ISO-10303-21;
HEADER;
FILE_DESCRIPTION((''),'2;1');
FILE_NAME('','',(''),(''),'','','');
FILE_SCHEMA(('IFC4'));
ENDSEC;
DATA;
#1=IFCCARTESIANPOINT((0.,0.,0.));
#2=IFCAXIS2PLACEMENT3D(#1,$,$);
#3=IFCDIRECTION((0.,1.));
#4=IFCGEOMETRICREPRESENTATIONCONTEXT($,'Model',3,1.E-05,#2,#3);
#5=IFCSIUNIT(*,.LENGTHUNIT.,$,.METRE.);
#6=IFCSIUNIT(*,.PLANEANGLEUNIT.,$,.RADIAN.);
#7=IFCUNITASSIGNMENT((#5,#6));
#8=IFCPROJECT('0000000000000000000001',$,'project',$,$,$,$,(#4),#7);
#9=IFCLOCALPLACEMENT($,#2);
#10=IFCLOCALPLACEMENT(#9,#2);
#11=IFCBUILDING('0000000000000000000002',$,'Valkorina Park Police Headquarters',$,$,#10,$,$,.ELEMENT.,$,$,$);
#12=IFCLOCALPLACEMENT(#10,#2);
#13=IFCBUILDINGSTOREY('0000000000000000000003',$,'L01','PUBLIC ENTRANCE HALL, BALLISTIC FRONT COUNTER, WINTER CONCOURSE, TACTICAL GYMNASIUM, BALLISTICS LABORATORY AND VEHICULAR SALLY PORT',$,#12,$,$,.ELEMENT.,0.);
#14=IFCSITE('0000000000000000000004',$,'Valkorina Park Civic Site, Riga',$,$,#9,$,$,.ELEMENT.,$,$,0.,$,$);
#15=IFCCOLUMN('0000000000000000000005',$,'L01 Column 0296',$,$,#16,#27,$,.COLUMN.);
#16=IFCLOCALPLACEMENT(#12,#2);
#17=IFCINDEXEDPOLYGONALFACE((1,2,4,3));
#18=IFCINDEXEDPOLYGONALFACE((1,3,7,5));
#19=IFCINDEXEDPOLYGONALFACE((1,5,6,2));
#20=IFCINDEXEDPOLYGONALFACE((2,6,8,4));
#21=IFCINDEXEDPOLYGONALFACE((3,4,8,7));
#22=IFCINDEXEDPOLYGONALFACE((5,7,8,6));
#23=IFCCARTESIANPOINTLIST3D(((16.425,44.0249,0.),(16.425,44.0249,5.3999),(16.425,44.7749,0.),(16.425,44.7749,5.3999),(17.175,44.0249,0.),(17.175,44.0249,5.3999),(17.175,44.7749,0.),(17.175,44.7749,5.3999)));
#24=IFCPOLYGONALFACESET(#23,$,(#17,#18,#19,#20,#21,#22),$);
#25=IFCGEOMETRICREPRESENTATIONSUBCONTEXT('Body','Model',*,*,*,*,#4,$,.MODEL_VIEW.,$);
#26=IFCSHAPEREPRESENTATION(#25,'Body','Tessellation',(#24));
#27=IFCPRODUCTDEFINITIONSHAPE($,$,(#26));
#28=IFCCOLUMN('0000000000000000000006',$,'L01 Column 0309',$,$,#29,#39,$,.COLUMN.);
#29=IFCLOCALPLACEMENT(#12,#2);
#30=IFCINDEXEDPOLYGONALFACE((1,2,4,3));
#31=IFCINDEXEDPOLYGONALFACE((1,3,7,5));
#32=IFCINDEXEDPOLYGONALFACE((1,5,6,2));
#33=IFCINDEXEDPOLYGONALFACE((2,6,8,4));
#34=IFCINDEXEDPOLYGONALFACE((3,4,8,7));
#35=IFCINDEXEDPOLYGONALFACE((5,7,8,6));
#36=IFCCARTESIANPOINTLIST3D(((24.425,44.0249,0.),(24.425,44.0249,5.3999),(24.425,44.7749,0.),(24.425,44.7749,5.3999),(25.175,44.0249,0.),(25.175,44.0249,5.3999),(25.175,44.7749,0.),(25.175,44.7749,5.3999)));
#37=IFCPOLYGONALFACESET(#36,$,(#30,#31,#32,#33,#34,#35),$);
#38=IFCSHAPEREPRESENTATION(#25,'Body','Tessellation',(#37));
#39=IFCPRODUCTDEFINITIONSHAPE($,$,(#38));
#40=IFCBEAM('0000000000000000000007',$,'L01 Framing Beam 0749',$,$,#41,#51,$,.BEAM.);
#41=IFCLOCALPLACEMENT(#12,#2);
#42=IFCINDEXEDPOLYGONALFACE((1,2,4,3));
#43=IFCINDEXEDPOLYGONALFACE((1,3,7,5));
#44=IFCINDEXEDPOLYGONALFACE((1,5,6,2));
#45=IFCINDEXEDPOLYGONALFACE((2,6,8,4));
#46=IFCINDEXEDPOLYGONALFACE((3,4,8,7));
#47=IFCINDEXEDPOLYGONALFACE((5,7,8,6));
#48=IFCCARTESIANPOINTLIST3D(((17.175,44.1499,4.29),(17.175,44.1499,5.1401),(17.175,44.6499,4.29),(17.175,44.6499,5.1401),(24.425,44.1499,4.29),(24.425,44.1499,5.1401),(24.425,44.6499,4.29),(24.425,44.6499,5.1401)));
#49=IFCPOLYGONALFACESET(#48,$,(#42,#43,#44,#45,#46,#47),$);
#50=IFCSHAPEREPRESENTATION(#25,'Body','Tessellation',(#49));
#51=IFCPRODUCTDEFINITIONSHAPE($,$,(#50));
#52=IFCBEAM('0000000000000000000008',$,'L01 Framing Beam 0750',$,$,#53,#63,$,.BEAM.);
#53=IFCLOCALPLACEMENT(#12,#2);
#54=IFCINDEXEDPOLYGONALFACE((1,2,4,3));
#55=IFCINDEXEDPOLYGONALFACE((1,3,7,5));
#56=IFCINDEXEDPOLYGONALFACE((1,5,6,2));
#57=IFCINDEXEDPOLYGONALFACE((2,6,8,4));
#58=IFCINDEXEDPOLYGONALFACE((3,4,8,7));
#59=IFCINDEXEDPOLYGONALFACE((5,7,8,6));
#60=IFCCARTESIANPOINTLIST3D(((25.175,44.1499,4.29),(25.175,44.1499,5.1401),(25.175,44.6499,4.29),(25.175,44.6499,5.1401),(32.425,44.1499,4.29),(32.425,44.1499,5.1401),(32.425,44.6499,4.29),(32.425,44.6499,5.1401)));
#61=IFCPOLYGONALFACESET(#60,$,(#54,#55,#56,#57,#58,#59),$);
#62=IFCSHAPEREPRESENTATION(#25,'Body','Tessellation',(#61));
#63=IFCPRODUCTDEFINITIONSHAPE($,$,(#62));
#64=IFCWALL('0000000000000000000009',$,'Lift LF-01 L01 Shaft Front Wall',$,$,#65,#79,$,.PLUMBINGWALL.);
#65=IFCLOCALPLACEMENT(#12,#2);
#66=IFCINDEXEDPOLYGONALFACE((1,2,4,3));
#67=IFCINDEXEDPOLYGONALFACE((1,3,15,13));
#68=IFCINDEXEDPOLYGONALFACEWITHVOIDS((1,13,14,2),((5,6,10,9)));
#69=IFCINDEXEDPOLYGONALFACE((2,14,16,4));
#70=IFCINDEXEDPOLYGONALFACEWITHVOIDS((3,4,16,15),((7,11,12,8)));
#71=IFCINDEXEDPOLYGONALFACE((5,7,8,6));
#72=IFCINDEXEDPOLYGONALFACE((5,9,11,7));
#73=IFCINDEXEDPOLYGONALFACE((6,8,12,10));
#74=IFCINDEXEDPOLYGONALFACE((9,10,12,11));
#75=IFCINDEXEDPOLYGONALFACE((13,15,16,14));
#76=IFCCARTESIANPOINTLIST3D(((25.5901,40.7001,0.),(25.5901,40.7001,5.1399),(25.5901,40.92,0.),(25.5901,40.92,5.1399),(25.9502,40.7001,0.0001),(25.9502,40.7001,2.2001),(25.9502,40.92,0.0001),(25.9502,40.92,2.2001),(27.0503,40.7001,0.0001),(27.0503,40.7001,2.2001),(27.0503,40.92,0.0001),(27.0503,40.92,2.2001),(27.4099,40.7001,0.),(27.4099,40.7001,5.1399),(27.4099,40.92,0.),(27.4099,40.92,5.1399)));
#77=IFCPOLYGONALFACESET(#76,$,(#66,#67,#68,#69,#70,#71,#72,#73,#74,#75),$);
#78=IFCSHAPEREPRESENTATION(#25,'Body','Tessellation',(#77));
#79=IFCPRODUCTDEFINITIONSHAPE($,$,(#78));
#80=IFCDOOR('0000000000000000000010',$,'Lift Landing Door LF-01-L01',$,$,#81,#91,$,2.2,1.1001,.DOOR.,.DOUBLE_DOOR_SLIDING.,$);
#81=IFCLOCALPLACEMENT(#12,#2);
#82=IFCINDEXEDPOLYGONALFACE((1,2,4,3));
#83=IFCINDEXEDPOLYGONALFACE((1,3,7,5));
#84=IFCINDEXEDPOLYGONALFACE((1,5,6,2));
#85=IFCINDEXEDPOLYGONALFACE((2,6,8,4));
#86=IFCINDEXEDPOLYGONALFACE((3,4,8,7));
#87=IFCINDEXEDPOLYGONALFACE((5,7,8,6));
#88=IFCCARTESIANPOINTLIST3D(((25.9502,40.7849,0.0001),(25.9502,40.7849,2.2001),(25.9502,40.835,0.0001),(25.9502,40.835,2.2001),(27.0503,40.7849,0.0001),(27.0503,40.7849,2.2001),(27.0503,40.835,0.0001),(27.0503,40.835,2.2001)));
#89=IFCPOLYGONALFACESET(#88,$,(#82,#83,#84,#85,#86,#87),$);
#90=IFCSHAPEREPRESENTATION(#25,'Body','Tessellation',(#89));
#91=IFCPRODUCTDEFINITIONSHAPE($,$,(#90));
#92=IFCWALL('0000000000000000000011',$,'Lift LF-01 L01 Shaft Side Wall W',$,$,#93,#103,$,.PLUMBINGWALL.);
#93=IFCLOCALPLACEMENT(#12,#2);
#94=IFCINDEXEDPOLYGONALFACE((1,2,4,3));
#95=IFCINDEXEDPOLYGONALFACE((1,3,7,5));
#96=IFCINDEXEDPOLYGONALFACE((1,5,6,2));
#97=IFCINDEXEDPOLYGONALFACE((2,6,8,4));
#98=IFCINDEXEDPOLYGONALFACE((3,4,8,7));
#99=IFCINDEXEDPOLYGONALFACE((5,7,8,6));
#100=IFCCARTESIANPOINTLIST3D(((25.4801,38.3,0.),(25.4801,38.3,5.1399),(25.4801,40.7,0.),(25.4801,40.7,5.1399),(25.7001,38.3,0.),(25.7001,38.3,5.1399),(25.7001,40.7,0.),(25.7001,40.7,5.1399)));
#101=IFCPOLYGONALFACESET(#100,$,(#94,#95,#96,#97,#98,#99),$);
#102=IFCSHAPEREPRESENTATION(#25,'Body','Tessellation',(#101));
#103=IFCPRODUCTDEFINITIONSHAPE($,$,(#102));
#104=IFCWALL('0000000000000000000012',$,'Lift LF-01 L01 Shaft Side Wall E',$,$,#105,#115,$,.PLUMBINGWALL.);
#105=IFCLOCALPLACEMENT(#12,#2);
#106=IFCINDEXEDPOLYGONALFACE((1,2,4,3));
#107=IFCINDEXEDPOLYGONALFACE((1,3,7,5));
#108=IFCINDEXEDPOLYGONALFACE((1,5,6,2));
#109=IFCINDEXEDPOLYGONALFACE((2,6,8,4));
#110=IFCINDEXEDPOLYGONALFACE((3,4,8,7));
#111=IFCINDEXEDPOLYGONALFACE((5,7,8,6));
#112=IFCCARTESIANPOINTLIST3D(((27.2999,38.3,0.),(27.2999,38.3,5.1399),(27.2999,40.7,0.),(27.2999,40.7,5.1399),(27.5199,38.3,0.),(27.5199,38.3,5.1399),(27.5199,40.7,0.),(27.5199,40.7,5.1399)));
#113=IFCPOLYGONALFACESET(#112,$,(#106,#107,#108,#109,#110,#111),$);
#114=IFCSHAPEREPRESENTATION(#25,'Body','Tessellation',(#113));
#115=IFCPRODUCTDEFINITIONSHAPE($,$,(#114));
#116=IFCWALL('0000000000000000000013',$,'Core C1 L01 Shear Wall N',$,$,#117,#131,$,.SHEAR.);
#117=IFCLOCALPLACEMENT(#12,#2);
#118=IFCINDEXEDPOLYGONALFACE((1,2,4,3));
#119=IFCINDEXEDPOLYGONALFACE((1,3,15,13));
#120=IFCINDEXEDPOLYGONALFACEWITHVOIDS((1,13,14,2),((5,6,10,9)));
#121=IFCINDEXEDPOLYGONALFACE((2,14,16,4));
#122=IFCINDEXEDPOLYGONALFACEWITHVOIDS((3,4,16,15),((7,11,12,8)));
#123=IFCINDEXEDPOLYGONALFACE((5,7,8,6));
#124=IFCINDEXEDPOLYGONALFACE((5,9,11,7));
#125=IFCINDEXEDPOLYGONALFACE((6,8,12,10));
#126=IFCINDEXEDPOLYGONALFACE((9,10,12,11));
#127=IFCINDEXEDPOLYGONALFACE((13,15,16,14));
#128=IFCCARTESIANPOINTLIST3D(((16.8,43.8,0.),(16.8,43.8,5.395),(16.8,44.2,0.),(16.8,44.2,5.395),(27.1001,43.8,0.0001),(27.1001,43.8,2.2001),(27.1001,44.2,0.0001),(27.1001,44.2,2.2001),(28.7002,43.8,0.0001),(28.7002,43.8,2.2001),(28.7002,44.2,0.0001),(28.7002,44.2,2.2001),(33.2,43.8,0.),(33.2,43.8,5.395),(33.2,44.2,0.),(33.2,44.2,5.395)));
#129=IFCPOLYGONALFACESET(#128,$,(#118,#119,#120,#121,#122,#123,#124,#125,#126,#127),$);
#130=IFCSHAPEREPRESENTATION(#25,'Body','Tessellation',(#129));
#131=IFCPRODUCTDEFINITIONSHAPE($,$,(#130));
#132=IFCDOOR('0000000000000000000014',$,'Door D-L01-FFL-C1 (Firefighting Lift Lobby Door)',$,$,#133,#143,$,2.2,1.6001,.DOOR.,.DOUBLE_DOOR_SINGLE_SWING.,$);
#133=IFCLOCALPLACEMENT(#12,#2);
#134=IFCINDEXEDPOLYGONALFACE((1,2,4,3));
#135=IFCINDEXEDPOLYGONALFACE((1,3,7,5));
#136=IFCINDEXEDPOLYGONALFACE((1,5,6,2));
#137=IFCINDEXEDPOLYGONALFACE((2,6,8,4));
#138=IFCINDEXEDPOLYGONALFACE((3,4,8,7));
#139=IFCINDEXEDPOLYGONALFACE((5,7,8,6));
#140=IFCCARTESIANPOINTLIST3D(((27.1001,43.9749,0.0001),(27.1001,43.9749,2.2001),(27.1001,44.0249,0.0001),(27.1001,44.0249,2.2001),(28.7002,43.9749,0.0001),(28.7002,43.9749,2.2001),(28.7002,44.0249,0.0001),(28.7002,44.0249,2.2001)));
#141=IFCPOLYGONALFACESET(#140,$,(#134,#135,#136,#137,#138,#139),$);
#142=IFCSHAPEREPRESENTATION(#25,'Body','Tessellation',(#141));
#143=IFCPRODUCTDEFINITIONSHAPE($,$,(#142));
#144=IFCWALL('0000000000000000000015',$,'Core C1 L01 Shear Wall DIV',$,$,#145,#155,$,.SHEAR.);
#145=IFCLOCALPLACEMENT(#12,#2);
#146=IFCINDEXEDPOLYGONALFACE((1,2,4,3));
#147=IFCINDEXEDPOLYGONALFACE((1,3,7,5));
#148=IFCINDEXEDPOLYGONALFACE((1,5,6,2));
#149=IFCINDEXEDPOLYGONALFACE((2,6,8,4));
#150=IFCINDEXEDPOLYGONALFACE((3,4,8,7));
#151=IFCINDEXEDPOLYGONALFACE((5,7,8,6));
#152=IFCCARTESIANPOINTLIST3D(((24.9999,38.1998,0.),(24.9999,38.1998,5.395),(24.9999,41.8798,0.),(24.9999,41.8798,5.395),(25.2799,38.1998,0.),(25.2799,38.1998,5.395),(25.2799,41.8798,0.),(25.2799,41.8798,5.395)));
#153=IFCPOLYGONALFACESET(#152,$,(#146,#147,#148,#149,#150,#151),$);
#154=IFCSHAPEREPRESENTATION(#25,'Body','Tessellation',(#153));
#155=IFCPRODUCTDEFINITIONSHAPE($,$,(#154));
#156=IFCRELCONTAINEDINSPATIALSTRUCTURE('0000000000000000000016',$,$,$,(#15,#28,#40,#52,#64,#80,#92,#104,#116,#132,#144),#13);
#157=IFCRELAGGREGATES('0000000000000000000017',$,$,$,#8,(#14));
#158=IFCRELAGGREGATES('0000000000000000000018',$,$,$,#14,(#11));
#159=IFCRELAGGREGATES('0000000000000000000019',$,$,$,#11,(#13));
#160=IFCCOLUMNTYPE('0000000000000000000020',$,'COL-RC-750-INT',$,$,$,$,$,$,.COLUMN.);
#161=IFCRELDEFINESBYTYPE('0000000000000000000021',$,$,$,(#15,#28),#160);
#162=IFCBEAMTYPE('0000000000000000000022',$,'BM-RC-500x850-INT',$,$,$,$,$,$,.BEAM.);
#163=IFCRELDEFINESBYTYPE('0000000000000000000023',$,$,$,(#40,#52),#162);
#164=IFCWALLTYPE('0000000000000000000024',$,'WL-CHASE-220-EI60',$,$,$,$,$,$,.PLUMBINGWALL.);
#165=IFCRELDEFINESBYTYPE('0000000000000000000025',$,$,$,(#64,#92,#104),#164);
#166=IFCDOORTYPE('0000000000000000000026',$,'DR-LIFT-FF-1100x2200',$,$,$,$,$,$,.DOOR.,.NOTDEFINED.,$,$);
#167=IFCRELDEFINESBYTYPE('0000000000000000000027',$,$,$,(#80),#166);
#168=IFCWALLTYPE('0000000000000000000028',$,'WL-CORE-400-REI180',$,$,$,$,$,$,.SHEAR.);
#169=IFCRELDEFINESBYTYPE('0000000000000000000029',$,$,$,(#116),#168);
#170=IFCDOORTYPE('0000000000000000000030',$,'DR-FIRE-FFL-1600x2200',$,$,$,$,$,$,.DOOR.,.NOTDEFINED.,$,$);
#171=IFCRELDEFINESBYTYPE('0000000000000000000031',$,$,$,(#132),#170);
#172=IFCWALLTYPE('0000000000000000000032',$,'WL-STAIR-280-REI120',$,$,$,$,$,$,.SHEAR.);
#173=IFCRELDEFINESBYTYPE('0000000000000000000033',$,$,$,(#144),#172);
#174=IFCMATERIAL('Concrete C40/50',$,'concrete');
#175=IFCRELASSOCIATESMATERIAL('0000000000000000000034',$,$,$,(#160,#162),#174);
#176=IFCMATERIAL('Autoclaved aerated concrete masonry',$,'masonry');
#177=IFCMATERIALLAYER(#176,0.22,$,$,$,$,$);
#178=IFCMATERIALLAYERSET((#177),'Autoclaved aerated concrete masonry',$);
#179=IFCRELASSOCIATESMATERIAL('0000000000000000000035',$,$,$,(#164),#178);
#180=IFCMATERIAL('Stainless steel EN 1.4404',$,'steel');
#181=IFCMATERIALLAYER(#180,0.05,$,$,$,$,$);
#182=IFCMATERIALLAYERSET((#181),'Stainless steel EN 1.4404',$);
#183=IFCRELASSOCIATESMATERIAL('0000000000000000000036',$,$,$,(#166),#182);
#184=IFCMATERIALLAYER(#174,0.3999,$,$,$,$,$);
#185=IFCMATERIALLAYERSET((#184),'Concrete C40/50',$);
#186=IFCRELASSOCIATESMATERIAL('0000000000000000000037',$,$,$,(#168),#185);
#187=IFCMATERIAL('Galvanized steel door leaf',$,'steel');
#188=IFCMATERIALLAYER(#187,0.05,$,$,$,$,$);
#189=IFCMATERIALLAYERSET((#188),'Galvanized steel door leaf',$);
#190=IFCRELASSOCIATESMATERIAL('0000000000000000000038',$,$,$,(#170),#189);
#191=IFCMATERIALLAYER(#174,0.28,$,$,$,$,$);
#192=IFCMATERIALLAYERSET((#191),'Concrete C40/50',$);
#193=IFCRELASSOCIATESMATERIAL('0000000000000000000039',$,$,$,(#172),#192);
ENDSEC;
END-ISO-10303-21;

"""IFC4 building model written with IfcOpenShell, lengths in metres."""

from ifc_helpers import new_model, si_unit, direction, frame, frame_2d, origin, origin_2d, place, context, subcontext, project, spatial, rectangle, extrude, material, layer, layer_set, material_profile, profile_set, type_object, element, fill, save


model = new_model("IFC4")

# Units and contexts
model_context = context("Model", 3, precision=1e-05, world=origin(), true_north=direction((0.0, 1.0)))
body_context = subcontext(model_context, "Body", "Model", "MODEL_VIEW")
ifc_project = project(units=[si_unit("LENGTHUNIT", "METRE"), si_unit("PLANEANGLEUNIT", "RADIAN")], contexts=[model_context])

# Site, building, storey
site_placement = place(None, origin())
site = spatial("IfcSite", under=ifc_project, at=site_placement, Name="Valkorina Park Civic Site, Riga", CompositionType="ELEMENT", RefElevation=0.0)
building_placement = place(site_placement, origin())
building = spatial("IfcBuilding", under=site, at=building_placement, Name="Valkorina Park Police Headquarters", CompositionType="ELEMENT")
storey_placement = place(building_placement, origin())
storey = spatial("IfcBuildingStorey", under=building, at=storey_placement, Name="L01", Description="PUBLIC ENTRANCE HALL, BALLISTIC FRONT COUNTER, WINTER CONCOURSE, TACTICAL GYMNASIUM, BALLISTICS LABORATORY AND VEHICULAR SALLY PORT", CompositionType="ELEMENT", Elevation=0.0)

# Columns
ifc_material_1 = material(Name="Concrete C40/50", Category="concrete")
ifc_material_profile_1 = material_profile(ifc_material_1, rectangle(XDim=0.75, YDim=0.75, at=origin_2d()), Name="RC COL 750x750")
ifc_profile_set_1 = profile_set([ifc_material_profile_1], Name="Concrete C40/50")
column_type = type_object("IfcColumnType", Name="COL-RC-750-INT", PredefinedType="COLUMN", material=ifc_profile_set_1)
for number, where, z_axis, x_axis, name in (
    (1, (16.8, 44.3999, 0.0), (0.0, 0.0, 1.0), (1.0, 0.0, 0.0), "L01 Column 0296"),
    (2, (24.8, 44.3999, 0.0), (0.0, 0.0, 1.0), (1.0, 0.0, 0.0), "L01 Column 0309"),
):
    element("IfcColumn", number, at=place(storey_placement, frame(where, z_axis=z_axis, x_axis=x_axis)), inside=storey, type_object=column_type, Name=name, PredefinedType="COLUMN", context=body_context, shape_type="SweptSolid", body=[
        extrude(rectangle(XDim=0.75, YDim=0.75, at=origin_2d()), origin(), (0.0, 0.0, 1.0), 5.3999),
    ])

# Beams
ifc_material_profile_2 = material_profile(ifc_material_1, rectangle(XDim=0.5, YDim=0.8501, at=origin_2d()), Name="RC BEAM 500x850")
ifc_profile_set_2 = profile_set([ifc_material_profile_2], Name="Concrete C40/50")
beam_type = type_object("IfcBeamType", Name="BM-RC-500x850-INT", PredefinedType="BEAM", material=ifc_profile_set_2)
for number, where, z_axis, x_axis, name in (
    (3, (17.175, 44.3999, 4.7151), (1.0, 0.0, 0.0), (0.0, 1.0, 0.0), "L01 Framing Beam 0749"),
    (4, (25.175, 44.3999, 4.7151), (1.0, 0.0, 0.0), (0.0, 1.0, 0.0), "L01 Framing Beam 0750"),
):
    element("IfcBeam", number, at=place(storey_placement, frame(where, z_axis=z_axis, x_axis=x_axis)), inside=storey, type_object=beam_type, Name=name, PredefinedType="BEAM", context=body_context, shape_type="SweptSolid", body=[
        extrude(rectangle(XDim=0.5, YDim=0.8501, at=origin_2d()), origin(), (0.0, 0.0, 1.0), 7.25),
    ])

# Wall, opening, door
ifc_material_2 = material(Name="Autoclaved aerated concrete masonry", Category="masonry")
ifc_layer_1 = layer(ifc_material_2, 0.22)
ifc_layer_set_1 = layer_set([ifc_layer_1], Name="Autoclaved aerated concrete masonry")
wall_type_1 = type_object("IfcWallType", Name="WL-CHASE-220-EI60", PredefinedType="PLUMBINGWALL", material=ifc_layer_set_1)
wall_1_placement = place(storey_placement, frame((25.5901, 40.8101, 0.0), z_axis=(0.0, 0.0, 1.0), x_axis=(1.0, 0.0, 0.0)))
wall_1 = element("IfcWall", 5, at=wall_1_placement, inside=storey, type_object=wall_type_1, Name="Lift LF-01 L01 Shaft Front Wall", PredefinedType="PLUMBINGWALL", context=body_context, shape_type="SweptSolid", body=[
    extrude(rectangle(XDim=1.8198, YDim=0.22, at=frame_2d((0.9099, 0.0))), origin(), (0.0, 0.0, 1.0), 5.1399),
])
opening_1_placement = place(wall_1_placement, frame((0.3601, 0.0, 0.0)))
opening_1 = element("IfcOpeningElement", 6, at=opening_1_placement, cuts=wall_1, PredefinedType="OPENING", context=body_context, shape_type="SweptSolid", body=[
    extrude(rectangle(XDim=1.1001, YDim=2.2, at=frame_2d((0.55, 1.1001))), frame((0.0, 0.1201, 0.0), z_axis=(0.0, -1.0, 0.0), x_axis=(1.0, 0.0, 0.0)), (0.0, 0.0, 1.0), 0.24),
])
ifc_material_3 = material(Name="Stainless steel EN 1.4404", Category="steel")
ifc_layer_2 = layer(ifc_material_3, 0.05)
ifc_layer_set_2 = layer_set([ifc_layer_2], Name="Stainless steel EN 1.4404")
door_type_1 = type_object("IfcDoorType", Name="DR-LIFT-FF-1100x2200", OperationType="NOTDEFINED", PredefinedType="DOOR", material=ifc_layer_set_2)
door_1_placement = place(opening_1_placement, origin())
door_1 = element("IfcDoor", 7, at=door_1_placement, inside=storey, type_object=door_type_1, Name="Lift Landing Door LF-01-L01", OperationType="DOUBLE_DOOR_SLIDING", OverallHeight=2.2, OverallWidth=1.1001, PredefinedType="DOOR", context=body_context, shape_type="SweptSolid", body=[
    extrude(rectangle(XDim=1.1001, YDim=2.2, at=frame_2d((0.55, 1.1001))), frame((0.0, 0.0249, 0.0), z_axis=(0.0, -1.0, 0.0), x_axis=(1.0, 0.0, 0.0)), (0.0, 0.0, 1.0), 0.05),
])
fill(opening_1, door_1)

# Walls
for number, where, z_axis, x_axis, name in (
    (8, (25.5901, 38.3, 0.0), (0.0, 0.0, 1.0), (0.0, 1.0, 0.0), "Lift LF-01 L01 Shaft Side Wall W"),
    (9, (27.4099, 38.3, 0.0), (0.0, 0.0, 1.0), (0.0, 1.0, 0.0), "Lift LF-01 L01 Shaft Side Wall E"),
):
    element("IfcWall", number, at=place(storey_placement, frame(where, z_axis=z_axis, x_axis=x_axis)), inside=storey, type_object=wall_type_1, Name=name, PredefinedType="PLUMBINGWALL", context=body_context, shape_type="SweptSolid", body=[
        extrude(rectangle(XDim=2.3999, YDim=0.22, at=frame_2d((1.2, 0.0))), origin(), (0.0, 0.0, 1.0), 5.1399),
    ])

# Wall, opening, door
ifc_layer_3 = layer(ifc_material_1, 0.3999)
ifc_layer_set_3 = layer_set([ifc_layer_3], Name="Concrete C40/50")
wall_type_2 = type_object("IfcWallType", Name="WL-CORE-400-REI180", PredefinedType="SHEAR", material=ifc_layer_set_3)
wall_2_placement = place(storey_placement, frame((16.8, 44.0, 0.0), z_axis=(0.0, 0.0, 1.0), x_axis=(1.0, 0.0, 0.0)))
wall_2 = element("IfcWall", 10, at=wall_2_placement, inside=storey, type_object=wall_type_2, Name="Core C1 L01 Shear Wall N", PredefinedType="SHEAR", context=body_context, shape_type="SweptSolid", body=[
    extrude(rectangle(XDim=16.3999, YDim=0.3999, at=frame_2d((8.2, 0.0))), origin(), (0.0, 0.0, 1.0), 5.395),
])
opening_2_placement = place(wall_2_placement, frame((10.3, 0.0, 0.0)))
opening_2 = element("IfcOpeningElement", 11, at=opening_2_placement, cuts=wall_2, PredefinedType="OPENING", context=body_context, shape_type="SweptSolid", body=[
    extrude(rectangle(XDim=1.6001, YDim=2.2, at=frame_2d((0.8, 1.1001))), frame((0.0, 0.21, 0.0), z_axis=(0.0, -1.0, 0.0), x_axis=(1.0, 0.0, 0.0)), (0.0, 0.0, 1.0), 0.4199),
])
ifc_material_4 = material(Name="Galvanized steel door leaf", Category="steel")
ifc_layer_4 = layer(ifc_material_4, 0.05)
ifc_layer_set_4 = layer_set([ifc_layer_4], Name="Galvanized steel door leaf")
door_type_2 = type_object("IfcDoorType", Name="DR-FIRE-FFL-1600x2200", OperationType="NOTDEFINED", PredefinedType="DOOR", material=ifc_layer_set_4)
door_2_placement = place(opening_2_placement, origin())
door_2 = element("IfcDoor", 12, at=door_2_placement, inside=storey, type_object=door_type_2, Name="Door D-L01-FFL-C1 (Firefighting Lift Lobby Door)", OperationType="DOUBLE_DOOR_SINGLE_SWING", OverallHeight=2.2, OverallWidth=1.6001, PredefinedType="DOOR", context=body_context, shape_type="SweptSolid", body=[
    extrude(rectangle(XDim=1.6001, YDim=2.2, at=frame_2d((0.8, 1.1001))), frame((0.0, 0.0249, 0.0), z_axis=(0.0, -1.0, 0.0), x_axis=(1.0, 0.0, 0.0)), (0.0, 0.0, 1.0), 0.05),
])
fill(opening_2, door_2)

# Wall
ifc_layer_5 = layer(ifc_material_1, 0.28)
ifc_layer_set_5 = layer_set([ifc_layer_5], Name="Concrete C40/50")
wall_type_3 = type_object("IfcWallType", Name="WL-STAIR-280-REI120", PredefinedType="SHEAR", material=ifc_layer_set_5)
wall_3_placement = place(storey_placement, frame((25.1399, 38.2, 0.0), z_axis=(0.0, 0.0, 1.0), x_axis=(0.0, 1.0, 0.0)))
element("IfcWall", 13, at=wall_3_placement, inside=storey, type_object=wall_type_3, Name="Core C1 L01 Shear Wall DIV", PredefinedType="SHEAR", context=body_context, shape_type="SweptSolid", body=[
    extrude(rectangle(XDim=3.6799, YDim=0.28, at=frame_2d((1.8398, 0.0))), origin(), (0.0, 0.0, 1.0), 5.395),
])

save(model, "model.ifc")
